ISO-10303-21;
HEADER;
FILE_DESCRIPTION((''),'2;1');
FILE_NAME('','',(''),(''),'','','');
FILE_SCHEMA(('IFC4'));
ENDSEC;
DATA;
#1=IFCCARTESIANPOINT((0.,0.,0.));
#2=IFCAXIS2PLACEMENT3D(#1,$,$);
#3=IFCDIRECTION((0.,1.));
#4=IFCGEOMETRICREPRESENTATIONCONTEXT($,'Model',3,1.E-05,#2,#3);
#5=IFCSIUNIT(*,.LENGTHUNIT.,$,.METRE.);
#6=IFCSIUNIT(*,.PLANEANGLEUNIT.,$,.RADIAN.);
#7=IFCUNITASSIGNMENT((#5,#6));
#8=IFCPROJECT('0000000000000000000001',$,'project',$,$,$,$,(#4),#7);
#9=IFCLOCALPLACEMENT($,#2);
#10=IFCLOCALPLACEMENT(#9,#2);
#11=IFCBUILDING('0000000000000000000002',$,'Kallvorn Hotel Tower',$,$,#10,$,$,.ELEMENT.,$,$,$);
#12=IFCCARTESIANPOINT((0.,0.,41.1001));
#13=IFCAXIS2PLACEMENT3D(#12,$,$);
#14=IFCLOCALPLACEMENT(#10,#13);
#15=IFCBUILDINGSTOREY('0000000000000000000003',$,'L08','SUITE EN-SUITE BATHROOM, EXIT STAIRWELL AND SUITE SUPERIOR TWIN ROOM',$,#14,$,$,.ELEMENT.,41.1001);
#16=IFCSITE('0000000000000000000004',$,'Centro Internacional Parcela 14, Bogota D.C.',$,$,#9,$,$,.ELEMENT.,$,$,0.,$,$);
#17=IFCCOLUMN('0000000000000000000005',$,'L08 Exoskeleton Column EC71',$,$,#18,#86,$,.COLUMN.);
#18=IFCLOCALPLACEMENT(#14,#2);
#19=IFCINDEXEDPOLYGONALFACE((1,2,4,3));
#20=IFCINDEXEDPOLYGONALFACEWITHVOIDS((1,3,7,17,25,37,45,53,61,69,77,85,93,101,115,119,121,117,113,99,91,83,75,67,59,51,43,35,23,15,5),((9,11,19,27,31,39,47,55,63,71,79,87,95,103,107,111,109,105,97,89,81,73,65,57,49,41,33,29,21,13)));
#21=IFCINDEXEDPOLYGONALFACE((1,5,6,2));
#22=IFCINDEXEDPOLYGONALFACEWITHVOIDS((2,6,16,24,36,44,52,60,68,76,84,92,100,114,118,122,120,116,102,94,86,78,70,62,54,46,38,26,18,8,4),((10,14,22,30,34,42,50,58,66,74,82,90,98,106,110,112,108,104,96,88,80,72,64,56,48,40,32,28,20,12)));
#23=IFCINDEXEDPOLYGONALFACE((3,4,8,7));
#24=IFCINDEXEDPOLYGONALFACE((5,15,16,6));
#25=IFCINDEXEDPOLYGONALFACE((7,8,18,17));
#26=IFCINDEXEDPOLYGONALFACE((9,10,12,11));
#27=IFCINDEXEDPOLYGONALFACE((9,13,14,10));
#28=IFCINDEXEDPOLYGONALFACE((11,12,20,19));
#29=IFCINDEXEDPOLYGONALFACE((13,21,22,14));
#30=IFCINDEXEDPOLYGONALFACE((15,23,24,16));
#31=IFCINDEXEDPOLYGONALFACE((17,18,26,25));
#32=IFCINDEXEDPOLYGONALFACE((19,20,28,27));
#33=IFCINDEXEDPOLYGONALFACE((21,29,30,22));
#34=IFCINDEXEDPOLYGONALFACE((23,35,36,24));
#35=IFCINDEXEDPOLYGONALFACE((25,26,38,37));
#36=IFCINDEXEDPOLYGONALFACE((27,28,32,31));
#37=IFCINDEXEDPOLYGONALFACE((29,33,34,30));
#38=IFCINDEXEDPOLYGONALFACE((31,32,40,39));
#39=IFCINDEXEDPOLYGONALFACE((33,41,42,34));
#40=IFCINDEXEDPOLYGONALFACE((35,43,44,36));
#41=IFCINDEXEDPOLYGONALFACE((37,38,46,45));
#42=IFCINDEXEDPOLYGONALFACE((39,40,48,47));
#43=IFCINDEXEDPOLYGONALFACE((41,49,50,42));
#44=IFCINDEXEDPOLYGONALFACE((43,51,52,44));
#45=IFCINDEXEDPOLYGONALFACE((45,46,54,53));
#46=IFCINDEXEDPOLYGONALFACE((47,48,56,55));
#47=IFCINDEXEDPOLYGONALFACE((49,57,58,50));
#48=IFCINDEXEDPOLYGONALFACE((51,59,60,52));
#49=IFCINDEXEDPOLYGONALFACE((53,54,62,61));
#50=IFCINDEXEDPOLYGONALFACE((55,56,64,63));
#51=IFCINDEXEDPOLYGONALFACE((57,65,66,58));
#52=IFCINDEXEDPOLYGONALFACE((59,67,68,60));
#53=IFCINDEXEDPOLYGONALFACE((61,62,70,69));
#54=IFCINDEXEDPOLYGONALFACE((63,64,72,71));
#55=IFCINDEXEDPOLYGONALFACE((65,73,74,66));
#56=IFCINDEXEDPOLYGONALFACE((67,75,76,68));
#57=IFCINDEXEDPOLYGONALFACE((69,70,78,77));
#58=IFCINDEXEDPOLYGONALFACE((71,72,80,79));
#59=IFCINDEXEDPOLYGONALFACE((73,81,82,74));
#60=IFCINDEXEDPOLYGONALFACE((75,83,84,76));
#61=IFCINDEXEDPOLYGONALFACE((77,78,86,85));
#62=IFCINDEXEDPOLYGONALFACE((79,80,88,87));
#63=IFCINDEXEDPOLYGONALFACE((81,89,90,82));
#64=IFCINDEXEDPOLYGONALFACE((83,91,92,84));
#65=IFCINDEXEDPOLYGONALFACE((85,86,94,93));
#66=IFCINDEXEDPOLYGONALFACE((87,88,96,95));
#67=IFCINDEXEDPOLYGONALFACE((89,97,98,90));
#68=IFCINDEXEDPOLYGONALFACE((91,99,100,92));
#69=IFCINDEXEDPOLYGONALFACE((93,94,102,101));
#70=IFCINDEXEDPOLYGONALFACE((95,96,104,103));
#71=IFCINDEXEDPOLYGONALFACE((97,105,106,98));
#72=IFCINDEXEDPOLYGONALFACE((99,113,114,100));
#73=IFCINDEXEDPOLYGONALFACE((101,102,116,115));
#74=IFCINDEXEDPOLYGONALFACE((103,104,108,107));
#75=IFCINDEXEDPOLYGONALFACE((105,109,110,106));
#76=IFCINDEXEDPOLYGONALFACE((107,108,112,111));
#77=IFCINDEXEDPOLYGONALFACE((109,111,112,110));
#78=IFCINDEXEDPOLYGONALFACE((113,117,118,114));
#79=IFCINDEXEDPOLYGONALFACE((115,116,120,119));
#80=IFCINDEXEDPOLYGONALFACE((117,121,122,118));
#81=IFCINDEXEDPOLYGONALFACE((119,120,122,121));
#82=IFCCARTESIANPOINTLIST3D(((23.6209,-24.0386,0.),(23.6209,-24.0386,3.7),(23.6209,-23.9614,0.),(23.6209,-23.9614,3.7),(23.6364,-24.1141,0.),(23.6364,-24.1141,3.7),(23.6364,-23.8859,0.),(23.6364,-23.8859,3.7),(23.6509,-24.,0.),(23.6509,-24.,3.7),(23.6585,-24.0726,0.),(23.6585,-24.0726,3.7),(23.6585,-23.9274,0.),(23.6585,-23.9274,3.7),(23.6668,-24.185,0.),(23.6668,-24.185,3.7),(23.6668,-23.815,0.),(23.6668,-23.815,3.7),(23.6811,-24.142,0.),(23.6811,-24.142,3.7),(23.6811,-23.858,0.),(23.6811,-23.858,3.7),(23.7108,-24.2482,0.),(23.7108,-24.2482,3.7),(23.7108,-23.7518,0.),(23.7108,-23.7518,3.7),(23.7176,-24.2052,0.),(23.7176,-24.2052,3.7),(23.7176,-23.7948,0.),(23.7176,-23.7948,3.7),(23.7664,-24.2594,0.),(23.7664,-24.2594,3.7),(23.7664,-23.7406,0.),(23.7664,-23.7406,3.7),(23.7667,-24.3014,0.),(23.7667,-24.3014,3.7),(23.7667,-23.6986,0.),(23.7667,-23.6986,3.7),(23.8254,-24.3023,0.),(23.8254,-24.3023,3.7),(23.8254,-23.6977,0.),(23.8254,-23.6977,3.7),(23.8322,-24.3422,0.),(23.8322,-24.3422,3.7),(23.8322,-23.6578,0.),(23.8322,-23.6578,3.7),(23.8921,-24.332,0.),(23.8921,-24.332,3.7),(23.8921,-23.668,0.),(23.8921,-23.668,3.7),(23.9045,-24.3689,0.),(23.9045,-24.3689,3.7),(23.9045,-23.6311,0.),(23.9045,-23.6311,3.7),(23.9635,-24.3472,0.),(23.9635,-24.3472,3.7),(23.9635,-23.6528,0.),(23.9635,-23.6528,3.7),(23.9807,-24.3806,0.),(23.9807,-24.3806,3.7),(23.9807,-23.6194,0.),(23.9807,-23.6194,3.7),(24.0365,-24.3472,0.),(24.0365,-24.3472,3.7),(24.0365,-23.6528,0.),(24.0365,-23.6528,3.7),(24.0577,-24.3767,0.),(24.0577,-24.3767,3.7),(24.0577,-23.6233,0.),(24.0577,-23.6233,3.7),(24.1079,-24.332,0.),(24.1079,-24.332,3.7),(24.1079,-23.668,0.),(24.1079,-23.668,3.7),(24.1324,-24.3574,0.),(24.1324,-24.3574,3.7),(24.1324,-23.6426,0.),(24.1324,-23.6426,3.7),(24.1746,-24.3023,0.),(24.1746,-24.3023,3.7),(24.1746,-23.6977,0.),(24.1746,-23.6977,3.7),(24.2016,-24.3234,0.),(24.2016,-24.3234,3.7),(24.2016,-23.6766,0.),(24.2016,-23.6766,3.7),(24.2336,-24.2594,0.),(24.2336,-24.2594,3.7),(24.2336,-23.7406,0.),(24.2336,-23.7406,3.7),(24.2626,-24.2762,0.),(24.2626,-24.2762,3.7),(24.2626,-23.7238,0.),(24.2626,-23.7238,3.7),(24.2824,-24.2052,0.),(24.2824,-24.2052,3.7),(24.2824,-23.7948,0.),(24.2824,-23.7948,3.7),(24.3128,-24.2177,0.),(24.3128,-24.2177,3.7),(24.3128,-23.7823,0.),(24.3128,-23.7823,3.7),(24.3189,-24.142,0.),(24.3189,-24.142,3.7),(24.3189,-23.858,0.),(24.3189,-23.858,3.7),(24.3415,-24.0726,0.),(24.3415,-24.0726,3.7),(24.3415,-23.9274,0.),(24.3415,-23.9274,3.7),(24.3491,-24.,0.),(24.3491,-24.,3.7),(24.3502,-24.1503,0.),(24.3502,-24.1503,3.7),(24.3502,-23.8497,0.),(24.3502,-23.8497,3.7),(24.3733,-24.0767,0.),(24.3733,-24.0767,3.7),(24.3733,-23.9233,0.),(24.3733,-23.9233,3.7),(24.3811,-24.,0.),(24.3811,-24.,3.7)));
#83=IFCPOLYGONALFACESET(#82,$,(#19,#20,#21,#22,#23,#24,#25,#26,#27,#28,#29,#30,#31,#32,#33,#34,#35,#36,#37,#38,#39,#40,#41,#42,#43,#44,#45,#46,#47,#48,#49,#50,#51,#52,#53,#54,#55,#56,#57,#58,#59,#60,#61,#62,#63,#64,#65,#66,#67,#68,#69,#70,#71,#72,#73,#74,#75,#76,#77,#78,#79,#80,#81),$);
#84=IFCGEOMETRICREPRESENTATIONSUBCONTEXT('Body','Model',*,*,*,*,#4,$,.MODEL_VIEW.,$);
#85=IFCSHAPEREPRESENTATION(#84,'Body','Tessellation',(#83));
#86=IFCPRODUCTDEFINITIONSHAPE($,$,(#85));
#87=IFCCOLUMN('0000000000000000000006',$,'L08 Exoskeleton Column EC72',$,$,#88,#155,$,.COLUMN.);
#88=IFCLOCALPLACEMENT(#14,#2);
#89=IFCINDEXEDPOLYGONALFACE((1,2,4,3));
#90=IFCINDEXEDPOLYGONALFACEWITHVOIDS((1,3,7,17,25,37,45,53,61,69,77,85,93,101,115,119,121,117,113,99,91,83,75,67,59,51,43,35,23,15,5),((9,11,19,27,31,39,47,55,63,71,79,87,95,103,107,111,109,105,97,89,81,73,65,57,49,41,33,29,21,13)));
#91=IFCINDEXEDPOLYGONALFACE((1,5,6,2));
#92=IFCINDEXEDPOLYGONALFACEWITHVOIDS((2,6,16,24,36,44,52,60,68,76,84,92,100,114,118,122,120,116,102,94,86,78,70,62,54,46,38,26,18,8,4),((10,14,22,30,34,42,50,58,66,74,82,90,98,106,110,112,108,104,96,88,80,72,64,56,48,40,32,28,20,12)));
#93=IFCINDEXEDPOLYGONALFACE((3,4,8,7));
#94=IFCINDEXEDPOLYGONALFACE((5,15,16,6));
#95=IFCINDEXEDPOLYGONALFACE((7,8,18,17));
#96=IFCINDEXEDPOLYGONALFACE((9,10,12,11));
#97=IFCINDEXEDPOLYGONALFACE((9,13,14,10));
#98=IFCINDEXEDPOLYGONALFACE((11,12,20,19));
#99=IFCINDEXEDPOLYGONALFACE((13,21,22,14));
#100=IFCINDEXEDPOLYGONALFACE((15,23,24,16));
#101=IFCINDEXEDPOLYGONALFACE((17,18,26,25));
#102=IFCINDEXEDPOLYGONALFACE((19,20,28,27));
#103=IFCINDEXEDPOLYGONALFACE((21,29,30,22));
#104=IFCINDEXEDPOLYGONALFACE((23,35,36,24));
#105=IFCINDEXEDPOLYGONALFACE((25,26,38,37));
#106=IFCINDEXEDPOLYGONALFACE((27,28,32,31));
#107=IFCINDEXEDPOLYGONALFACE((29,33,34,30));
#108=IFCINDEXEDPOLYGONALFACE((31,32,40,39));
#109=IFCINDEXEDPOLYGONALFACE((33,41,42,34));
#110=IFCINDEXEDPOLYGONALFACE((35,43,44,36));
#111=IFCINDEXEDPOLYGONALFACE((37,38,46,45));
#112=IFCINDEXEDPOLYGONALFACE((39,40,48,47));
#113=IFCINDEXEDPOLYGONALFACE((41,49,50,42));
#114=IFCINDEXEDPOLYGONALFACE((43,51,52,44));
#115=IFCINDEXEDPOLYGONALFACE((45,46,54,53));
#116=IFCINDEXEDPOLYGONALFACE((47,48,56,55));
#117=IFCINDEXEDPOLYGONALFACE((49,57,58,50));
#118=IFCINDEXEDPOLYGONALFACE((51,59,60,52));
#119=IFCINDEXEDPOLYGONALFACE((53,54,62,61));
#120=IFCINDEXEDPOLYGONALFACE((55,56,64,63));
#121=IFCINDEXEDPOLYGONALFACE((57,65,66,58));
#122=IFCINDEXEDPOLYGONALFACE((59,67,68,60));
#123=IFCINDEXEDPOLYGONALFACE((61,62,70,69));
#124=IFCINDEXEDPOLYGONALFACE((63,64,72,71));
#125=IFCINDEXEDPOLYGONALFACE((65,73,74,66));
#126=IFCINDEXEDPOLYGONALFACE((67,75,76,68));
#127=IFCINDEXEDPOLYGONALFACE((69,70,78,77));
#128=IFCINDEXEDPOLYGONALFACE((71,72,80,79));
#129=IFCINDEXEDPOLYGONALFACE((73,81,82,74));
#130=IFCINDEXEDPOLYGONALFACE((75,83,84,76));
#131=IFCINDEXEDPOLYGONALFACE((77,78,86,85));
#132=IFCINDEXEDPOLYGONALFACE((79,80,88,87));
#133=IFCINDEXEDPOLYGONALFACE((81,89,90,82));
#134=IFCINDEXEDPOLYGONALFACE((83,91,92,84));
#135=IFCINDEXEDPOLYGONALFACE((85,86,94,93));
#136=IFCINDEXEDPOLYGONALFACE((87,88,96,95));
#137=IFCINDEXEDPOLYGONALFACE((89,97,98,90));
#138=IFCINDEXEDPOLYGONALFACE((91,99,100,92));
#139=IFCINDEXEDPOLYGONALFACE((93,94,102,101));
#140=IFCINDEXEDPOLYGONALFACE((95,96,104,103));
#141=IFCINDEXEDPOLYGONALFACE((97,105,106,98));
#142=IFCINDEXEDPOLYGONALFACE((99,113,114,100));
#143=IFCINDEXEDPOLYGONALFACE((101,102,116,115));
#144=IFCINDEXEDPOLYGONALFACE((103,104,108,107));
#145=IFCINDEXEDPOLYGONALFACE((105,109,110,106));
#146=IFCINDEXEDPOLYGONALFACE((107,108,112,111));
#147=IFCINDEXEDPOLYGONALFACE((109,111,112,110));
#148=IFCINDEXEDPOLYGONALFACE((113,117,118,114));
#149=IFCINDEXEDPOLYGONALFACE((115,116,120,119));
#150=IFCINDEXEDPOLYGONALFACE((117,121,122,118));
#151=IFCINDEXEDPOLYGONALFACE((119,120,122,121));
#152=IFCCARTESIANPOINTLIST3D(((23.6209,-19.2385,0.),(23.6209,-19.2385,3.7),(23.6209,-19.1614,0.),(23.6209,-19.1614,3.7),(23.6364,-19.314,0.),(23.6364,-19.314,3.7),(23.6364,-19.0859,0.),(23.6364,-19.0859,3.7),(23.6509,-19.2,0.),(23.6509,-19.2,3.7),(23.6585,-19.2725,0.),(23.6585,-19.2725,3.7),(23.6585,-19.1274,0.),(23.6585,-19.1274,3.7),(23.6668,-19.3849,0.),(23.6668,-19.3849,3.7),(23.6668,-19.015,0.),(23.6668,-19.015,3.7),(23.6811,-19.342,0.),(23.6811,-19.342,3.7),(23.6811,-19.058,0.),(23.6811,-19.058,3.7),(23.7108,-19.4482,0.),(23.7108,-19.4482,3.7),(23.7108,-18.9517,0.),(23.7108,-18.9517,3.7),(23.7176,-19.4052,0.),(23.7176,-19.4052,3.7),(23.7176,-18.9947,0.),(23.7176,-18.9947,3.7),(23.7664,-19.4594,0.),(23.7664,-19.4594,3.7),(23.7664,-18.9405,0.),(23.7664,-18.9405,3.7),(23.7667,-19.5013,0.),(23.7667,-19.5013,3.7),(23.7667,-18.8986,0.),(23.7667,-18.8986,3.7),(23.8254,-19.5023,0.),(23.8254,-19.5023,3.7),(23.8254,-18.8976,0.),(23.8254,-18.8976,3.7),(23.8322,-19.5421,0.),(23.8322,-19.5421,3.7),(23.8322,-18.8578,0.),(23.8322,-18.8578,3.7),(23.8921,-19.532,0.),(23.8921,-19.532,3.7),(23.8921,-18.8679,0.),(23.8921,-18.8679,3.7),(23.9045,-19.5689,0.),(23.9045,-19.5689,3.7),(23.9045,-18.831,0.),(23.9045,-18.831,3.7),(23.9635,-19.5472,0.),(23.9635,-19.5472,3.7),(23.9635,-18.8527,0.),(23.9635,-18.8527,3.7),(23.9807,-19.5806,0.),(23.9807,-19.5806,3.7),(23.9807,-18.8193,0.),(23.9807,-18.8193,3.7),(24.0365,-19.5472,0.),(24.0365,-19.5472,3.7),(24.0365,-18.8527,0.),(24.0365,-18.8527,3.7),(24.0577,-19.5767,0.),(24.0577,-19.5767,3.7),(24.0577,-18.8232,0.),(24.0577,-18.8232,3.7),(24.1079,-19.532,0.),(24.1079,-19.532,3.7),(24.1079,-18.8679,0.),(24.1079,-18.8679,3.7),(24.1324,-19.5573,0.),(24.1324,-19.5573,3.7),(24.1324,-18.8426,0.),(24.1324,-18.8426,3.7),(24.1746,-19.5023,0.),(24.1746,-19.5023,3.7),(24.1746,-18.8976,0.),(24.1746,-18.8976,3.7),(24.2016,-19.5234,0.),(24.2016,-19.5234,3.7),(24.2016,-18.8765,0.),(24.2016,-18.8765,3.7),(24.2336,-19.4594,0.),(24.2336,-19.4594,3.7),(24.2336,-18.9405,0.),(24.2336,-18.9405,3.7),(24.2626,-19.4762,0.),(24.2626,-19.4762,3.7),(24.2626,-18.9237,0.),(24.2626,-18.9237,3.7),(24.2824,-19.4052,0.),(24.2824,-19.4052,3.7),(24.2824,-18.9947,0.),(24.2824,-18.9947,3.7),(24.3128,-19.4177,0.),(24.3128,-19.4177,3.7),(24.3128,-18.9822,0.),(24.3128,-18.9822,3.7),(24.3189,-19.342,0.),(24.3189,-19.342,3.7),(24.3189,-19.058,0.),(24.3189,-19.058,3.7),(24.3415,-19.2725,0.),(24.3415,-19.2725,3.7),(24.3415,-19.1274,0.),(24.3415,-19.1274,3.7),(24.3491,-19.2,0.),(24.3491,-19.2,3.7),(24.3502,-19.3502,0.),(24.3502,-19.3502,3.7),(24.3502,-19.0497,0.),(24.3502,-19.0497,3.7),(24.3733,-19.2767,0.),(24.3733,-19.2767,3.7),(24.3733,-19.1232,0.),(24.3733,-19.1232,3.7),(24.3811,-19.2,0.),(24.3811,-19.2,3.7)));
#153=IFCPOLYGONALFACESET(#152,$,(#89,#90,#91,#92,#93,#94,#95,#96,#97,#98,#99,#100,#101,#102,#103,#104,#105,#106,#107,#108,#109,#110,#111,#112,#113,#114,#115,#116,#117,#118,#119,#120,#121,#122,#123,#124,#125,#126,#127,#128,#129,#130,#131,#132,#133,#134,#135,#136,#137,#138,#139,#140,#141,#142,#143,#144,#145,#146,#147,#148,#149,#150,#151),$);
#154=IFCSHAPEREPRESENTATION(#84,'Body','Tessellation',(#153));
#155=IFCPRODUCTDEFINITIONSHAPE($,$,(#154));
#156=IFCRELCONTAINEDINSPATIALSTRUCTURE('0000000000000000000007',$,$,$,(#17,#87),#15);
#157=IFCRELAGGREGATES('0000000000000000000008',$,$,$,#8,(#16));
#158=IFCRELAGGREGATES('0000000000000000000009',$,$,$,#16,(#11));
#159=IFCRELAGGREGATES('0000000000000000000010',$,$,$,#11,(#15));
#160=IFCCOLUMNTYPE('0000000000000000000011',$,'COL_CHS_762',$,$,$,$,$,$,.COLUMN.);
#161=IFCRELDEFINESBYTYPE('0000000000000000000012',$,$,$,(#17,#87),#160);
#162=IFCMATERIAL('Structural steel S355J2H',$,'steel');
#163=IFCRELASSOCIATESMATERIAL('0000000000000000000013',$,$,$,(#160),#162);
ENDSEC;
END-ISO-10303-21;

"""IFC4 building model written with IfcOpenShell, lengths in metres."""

from ifc_helpers import new_model, si_unit, direction, frame, origin, origin_2d, place, context, subcontext, project, spatial, hollow_circle, extrude, material, material_profile, profile_set, type_object, element, save


model = new_model("IFC4")

# Units and contexts
model_context = context("Model", 3, precision=1e-05, world=origin(), true_north=direction((0.0, 1.0)))
body_context = subcontext(model_context, "Body", "Model", "MODEL_VIEW")
ifc_project = project(units=[si_unit("LENGTHUNIT", "METRE"), si_unit("PLANEANGLEUNIT", "RADIAN")], contexts=[model_context])

# Site, building, storey
site_placement = place(None, origin())
site = spatial("IfcSite", under=ifc_project, at=site_placement, Name="Centro Internacional Parcela 14, Bogota D.C.", CompositionType="ELEMENT", RefElevation=0.0)
building_placement = place(site_placement, origin())
building = spatial("IfcBuilding", under=site, at=building_placement, Name="Kallvorn Hotel Tower", CompositionType="ELEMENT")
storey_placement = place(building_placement, frame((0.0, 0.0, 41.1001)))
storey = spatial("IfcBuildingStorey", under=building, at=storey_placement, Name="L08", Description="SUITE EN-SUITE BATHROOM, EXIT STAIRWELL AND SUITE SUPERIOR TWIN ROOM", CompositionType="ELEMENT", Elevation=41.1001)

# Columns
ifc_material_1 = material(Name="Structural steel S355J2H", Category="steel")
ifc_material_profile_1 = material_profile(ifc_material_1, hollow_circle(Radius=0.3811, WallThickness=0.032, at=origin_2d()), Name="CHS 762x32")
ifc_profile_set_1 = profile_set([ifc_material_profile_1], Name="Structural steel S355J2H")
column_type = type_object("IfcColumnType", Name="COL_CHS_762", PredefinedType="COLUMN", material=ifc_profile_set_1)
for number, where, z_axis, x_axis, name in (
    (1, (24.0, -24.0, 0.0), (0.0, 0.0, 1.0), (1.0, 0.0, 0.0), "L08 Exoskeleton Column EC71"),
    (2, (24.0, -19.2, 0.0), (0.0, 0.0, 1.0), (1.0, 0.0, 0.0), "L08 Exoskeleton Column EC72"),
):
    element("IfcColumn", number, at=place(storey_placement, frame(where, z_axis=z_axis, x_axis=x_axis)), inside=storey, type_object=column_type, Name=name, PredefinedType="COLUMN", context=body_context, shape_type="SweptSolid", body=[
        extrude(hollow_circle(Radius=0.3811, WallThickness=0.032, at=origin_2d()), origin(), (0.0, 0.0, 1.0), 3.7),
    ])

save(model, "model.ifc")
